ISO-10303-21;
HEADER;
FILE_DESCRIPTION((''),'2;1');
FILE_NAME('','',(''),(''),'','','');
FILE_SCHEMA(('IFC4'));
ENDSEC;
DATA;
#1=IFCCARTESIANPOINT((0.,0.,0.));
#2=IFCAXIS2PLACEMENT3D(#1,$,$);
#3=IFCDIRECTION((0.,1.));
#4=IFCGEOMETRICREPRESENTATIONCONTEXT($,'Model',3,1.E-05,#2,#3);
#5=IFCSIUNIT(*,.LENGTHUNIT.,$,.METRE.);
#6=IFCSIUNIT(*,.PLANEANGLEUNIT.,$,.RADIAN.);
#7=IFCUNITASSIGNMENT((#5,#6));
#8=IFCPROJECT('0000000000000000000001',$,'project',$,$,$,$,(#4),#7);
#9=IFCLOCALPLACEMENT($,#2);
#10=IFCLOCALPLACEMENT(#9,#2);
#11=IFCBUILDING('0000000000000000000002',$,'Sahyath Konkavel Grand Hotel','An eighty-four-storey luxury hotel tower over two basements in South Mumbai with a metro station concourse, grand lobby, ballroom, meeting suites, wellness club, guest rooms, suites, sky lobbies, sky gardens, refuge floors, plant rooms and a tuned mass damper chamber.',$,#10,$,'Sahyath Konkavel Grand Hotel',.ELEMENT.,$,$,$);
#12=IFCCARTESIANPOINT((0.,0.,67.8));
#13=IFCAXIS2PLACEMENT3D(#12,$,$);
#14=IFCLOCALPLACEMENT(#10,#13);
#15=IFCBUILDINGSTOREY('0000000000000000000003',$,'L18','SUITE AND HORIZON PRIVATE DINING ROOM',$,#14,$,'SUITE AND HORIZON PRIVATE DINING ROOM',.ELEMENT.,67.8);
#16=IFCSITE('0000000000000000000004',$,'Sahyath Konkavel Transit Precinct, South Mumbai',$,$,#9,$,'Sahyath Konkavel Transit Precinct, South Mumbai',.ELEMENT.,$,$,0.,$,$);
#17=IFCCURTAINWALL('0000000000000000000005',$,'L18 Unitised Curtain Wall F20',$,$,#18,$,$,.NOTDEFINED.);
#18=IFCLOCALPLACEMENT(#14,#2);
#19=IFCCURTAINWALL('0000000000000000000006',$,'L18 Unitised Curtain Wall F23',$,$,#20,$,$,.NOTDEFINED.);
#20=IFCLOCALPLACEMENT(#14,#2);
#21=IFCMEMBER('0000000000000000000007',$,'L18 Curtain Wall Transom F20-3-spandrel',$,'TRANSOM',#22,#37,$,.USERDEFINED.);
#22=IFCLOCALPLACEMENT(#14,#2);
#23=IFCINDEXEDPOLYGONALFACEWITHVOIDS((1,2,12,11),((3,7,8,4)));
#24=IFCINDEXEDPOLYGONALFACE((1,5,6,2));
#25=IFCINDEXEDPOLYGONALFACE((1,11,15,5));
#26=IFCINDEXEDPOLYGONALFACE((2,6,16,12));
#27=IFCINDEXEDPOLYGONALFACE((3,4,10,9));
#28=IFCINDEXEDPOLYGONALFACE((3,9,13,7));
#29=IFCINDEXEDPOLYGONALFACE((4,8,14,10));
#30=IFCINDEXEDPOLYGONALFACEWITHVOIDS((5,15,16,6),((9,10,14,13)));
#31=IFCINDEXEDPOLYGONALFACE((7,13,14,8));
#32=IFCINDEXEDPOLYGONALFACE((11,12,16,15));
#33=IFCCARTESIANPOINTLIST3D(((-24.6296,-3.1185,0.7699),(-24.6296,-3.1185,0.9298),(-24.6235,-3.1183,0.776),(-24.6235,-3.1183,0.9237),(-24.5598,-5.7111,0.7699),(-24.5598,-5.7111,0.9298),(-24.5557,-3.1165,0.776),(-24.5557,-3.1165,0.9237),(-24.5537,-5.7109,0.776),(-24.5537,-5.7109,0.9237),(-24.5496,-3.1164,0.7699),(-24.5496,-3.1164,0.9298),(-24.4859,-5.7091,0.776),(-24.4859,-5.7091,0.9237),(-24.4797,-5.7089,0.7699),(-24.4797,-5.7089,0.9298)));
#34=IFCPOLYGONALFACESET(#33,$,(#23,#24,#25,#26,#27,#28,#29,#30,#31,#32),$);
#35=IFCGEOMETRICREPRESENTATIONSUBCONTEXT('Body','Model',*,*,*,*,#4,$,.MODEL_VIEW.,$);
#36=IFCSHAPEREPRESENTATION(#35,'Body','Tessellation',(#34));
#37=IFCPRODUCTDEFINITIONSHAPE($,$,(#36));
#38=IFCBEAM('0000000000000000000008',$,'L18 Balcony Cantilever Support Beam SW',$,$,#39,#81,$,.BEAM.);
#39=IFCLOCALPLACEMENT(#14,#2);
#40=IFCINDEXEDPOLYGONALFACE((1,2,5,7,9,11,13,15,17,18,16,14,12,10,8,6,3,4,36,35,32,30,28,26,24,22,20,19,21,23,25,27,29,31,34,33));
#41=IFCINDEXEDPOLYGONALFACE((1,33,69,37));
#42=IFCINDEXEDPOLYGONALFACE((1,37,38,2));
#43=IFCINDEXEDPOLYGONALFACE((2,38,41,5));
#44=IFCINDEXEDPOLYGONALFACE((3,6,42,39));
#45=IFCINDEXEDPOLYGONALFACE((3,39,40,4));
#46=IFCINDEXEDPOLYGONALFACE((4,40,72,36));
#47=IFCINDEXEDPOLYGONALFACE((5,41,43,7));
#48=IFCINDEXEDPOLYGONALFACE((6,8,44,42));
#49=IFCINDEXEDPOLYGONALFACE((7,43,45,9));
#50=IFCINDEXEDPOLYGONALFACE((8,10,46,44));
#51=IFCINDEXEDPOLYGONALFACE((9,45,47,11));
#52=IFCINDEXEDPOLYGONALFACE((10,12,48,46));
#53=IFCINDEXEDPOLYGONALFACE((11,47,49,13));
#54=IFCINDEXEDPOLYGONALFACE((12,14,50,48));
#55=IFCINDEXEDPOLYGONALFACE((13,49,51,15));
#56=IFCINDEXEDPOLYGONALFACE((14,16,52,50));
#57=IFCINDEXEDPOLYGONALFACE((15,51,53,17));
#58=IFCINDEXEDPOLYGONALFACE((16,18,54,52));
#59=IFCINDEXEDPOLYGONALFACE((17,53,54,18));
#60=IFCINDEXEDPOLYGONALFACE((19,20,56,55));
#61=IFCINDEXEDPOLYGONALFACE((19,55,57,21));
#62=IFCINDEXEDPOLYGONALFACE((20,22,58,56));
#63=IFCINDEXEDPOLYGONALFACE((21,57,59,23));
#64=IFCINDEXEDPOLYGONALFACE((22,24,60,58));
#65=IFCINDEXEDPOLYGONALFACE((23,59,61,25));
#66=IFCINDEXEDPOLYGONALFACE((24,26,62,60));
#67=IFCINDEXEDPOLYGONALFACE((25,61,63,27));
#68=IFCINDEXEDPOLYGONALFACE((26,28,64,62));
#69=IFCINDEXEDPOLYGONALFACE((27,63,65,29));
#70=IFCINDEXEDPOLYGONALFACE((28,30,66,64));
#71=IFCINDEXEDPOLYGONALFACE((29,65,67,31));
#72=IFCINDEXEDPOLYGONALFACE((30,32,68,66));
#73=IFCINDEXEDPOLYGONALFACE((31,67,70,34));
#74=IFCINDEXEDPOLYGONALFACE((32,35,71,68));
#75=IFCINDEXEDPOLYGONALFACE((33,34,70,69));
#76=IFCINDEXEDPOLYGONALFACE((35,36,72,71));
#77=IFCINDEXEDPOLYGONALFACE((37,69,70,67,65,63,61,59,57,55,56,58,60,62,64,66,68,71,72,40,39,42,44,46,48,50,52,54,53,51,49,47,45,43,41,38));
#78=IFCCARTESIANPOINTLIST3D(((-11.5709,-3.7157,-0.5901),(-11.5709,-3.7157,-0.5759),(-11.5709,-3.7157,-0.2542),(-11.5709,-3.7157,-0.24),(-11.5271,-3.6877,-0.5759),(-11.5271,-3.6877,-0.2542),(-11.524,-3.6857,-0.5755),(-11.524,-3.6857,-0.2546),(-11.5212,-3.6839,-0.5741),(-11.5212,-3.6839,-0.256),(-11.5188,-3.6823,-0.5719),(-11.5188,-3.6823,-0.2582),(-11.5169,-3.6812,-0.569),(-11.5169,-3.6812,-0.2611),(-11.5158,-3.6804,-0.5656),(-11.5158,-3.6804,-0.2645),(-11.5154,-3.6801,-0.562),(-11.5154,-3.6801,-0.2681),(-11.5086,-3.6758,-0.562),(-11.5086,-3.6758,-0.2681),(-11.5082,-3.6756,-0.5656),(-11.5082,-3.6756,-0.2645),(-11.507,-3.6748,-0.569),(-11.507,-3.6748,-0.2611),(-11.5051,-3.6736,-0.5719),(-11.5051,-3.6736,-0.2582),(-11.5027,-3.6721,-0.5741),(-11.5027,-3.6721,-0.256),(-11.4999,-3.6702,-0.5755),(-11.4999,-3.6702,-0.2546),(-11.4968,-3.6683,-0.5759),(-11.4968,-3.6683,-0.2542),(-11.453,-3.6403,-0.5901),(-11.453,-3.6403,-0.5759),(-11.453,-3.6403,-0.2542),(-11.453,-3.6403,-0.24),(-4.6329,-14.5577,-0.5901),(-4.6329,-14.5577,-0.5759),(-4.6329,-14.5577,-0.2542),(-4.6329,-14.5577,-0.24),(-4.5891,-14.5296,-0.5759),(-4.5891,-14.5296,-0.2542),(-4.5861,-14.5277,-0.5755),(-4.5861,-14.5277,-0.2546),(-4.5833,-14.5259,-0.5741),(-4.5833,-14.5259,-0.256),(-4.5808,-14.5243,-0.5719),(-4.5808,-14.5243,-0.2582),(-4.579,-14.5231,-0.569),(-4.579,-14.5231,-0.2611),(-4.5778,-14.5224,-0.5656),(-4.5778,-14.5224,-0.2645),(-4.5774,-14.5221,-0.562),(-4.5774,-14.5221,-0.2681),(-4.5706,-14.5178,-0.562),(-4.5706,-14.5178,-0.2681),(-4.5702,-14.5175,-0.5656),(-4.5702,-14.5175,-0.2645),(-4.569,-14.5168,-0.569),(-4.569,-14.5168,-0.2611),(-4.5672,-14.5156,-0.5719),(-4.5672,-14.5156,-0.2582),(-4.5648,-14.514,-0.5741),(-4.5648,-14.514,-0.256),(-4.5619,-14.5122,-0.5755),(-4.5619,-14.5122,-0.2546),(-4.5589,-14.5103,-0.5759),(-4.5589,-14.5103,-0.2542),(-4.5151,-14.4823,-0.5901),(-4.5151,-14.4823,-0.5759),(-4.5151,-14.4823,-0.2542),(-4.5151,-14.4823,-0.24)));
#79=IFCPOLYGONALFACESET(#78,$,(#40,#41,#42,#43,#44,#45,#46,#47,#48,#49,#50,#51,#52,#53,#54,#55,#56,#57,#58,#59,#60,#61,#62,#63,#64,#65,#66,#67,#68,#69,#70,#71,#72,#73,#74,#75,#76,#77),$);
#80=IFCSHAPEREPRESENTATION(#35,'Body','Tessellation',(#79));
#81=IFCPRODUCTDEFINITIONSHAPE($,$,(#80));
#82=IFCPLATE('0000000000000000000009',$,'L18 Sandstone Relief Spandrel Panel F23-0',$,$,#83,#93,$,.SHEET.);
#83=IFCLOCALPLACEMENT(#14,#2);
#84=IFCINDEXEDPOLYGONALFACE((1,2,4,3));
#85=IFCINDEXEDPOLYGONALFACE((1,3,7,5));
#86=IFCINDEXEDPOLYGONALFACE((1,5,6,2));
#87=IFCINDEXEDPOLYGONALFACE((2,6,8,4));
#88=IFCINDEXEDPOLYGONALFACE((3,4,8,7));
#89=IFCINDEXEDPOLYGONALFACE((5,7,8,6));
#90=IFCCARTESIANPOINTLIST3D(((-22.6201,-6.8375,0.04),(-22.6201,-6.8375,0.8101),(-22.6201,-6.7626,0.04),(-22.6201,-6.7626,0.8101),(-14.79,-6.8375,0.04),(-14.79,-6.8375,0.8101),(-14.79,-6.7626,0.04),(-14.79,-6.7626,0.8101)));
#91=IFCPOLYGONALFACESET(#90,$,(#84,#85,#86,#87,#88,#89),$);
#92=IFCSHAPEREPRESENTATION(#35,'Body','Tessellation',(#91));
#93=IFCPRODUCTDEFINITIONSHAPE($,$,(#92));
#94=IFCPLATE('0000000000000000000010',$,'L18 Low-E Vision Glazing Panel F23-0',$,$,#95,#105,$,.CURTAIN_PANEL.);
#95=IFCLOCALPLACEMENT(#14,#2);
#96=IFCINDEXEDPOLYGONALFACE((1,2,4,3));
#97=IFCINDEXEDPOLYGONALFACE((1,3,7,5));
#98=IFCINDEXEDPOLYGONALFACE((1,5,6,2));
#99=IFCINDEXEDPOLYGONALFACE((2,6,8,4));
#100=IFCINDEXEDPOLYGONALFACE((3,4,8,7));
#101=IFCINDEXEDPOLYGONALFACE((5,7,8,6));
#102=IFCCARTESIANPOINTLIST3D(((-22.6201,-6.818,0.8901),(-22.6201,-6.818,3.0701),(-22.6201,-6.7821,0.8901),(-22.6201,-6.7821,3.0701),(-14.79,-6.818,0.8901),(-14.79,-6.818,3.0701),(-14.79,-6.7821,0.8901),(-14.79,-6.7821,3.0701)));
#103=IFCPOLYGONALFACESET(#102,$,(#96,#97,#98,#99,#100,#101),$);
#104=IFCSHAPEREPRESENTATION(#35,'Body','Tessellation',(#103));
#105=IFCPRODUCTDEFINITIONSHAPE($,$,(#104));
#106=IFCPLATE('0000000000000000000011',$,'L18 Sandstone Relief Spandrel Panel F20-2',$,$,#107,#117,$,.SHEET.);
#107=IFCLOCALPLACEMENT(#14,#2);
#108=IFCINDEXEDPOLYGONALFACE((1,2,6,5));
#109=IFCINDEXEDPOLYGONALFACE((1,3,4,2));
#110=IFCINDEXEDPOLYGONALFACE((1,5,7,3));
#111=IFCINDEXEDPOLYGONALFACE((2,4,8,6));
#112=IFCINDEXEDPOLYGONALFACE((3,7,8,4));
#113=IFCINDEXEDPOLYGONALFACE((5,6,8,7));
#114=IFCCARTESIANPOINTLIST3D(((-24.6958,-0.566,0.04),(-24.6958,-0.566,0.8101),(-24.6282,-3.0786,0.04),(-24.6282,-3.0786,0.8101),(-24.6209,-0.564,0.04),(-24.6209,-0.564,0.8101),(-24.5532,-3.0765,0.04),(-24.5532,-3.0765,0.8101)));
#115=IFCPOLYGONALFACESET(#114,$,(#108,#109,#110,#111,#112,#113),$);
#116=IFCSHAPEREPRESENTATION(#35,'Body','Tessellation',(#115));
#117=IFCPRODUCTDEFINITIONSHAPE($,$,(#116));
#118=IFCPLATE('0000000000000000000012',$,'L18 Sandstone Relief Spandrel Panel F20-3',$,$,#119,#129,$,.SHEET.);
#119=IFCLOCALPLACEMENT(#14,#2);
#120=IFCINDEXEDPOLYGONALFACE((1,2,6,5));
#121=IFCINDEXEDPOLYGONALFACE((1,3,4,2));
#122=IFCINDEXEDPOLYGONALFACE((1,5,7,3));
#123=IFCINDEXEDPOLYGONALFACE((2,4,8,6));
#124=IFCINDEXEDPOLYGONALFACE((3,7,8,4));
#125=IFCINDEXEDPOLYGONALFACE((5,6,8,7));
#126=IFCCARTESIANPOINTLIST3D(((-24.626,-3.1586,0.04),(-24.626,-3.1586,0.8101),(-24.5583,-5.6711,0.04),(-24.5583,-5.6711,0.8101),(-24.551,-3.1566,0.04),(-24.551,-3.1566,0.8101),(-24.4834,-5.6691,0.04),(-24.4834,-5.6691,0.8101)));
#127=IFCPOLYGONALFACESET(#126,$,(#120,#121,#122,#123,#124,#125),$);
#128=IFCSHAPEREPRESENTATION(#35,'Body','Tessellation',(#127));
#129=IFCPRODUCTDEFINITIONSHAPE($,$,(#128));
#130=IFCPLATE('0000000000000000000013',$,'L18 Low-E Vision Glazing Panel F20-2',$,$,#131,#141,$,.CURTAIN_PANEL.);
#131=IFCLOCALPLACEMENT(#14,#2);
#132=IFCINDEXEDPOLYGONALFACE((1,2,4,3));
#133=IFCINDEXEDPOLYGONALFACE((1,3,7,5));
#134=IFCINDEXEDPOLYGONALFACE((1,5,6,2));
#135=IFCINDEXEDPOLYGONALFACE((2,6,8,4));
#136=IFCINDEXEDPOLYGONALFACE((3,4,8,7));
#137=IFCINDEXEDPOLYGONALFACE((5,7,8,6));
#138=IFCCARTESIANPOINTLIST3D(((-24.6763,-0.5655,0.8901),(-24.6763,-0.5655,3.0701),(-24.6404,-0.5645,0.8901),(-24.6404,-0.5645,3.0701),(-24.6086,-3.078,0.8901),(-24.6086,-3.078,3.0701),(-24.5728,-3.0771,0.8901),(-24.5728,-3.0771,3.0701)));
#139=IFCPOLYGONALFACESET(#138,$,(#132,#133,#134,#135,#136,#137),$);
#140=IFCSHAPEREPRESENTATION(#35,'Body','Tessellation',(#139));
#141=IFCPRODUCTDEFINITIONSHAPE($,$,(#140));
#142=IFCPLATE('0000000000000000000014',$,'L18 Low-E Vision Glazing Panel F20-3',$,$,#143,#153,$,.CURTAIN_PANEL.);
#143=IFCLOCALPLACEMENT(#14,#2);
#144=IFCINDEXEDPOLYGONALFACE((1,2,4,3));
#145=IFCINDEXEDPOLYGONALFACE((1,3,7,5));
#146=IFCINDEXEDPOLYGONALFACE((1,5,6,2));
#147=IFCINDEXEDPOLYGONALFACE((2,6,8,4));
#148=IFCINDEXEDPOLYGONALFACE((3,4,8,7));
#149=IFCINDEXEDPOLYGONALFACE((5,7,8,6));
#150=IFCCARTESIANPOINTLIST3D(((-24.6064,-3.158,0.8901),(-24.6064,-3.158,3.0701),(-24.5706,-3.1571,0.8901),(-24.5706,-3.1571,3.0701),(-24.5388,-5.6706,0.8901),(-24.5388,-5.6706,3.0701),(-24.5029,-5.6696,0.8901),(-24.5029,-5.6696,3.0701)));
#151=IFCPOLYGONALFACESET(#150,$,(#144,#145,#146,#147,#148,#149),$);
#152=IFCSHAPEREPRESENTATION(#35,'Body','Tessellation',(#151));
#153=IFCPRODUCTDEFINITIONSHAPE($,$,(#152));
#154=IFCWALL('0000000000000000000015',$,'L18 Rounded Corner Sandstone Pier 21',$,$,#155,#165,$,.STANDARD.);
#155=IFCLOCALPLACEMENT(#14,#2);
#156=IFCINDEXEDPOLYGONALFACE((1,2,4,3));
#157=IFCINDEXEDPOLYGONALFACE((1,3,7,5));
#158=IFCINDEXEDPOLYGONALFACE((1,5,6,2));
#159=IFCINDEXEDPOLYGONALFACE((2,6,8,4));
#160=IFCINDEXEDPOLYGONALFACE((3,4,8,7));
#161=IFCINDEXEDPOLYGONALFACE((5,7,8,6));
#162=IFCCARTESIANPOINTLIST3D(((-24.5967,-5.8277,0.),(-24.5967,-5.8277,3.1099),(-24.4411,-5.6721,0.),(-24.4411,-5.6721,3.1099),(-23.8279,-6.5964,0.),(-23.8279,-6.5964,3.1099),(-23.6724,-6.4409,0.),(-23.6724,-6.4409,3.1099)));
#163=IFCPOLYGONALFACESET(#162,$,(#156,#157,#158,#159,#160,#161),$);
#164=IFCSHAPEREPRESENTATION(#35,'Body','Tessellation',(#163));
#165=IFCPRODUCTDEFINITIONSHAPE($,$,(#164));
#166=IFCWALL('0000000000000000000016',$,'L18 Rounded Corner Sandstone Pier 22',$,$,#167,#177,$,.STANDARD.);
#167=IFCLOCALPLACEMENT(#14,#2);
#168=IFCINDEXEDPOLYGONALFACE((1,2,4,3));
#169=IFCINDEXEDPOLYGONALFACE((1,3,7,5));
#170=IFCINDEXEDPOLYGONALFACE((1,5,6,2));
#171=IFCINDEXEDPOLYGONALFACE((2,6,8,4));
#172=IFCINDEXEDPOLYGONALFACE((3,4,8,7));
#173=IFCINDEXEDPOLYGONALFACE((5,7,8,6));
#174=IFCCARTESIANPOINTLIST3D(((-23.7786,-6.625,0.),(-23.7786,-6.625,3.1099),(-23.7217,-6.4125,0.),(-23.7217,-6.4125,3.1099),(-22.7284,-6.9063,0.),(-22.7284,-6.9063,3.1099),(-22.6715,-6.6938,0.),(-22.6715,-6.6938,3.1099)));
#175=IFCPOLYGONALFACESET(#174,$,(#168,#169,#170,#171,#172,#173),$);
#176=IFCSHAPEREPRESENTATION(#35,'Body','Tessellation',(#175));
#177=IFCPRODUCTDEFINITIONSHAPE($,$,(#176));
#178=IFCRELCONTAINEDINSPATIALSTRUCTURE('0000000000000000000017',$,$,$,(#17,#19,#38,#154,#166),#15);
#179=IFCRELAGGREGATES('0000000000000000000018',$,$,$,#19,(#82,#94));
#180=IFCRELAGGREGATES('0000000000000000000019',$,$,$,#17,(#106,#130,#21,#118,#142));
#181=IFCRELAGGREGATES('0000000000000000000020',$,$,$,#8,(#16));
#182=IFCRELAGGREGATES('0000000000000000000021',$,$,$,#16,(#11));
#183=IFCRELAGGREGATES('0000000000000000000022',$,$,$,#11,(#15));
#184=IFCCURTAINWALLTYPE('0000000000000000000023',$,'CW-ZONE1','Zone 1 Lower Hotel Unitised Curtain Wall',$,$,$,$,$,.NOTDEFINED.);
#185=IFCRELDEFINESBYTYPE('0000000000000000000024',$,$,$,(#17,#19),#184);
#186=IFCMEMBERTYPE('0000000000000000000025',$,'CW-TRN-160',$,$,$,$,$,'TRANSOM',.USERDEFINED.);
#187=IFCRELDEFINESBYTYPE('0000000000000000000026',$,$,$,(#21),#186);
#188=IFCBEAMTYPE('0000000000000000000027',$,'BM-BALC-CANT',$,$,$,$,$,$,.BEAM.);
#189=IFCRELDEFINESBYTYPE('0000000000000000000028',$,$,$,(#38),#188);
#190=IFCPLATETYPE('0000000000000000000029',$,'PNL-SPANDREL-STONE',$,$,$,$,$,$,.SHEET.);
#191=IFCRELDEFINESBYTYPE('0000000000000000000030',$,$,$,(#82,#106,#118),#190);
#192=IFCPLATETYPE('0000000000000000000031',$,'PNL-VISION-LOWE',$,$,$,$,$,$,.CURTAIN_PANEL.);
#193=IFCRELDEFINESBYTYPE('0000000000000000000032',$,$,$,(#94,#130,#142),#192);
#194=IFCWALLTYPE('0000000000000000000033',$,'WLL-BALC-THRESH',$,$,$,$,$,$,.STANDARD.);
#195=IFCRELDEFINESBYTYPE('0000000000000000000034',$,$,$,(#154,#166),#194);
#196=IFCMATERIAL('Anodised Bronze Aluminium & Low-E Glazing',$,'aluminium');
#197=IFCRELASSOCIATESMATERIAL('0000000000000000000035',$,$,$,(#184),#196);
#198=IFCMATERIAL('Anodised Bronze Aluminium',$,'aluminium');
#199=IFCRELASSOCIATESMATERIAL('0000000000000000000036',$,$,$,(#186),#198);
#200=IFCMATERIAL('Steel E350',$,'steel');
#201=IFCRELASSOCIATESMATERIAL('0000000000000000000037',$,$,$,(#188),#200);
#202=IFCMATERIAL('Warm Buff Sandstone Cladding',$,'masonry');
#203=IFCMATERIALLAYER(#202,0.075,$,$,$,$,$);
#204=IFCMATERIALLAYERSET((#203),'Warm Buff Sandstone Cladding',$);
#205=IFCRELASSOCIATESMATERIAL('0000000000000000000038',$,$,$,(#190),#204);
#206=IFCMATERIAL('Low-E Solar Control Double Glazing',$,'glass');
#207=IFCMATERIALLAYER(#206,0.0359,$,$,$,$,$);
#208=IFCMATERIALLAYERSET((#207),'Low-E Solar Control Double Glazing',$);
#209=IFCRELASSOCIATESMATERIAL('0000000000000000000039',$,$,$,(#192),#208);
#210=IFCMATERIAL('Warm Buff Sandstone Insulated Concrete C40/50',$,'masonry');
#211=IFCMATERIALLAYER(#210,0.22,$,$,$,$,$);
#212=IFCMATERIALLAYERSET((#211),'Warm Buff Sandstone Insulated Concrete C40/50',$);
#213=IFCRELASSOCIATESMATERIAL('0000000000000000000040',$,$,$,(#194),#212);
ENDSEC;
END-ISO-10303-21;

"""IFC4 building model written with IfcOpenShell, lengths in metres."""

from ifc_helpers import new_model, si_unit, direction, frame, frame_2d, origin, origin_2d, place, context, subcontext, project, spatial, rectangle, hollow_rectangle, i_section, extrude, source, transform, mapped, material, layer, layer_set, material_profile, profile_set, type_object, element, aggregate, save


model = new_model("IFC4")

# Units and contexts
model_context = context("Model", 3, precision=1e-05, world=origin(), true_north=direction((0.0, 1.0)))
body_context = subcontext(model_context, "Body", "Model", "MODEL_VIEW")
ifc_project = project(units=[si_unit("LENGTHUNIT", "METRE"), si_unit("PLANEANGLEUNIT", "RADIAN")], contexts=[model_context])

# Site, building, storey
site_placement = place(None, origin())
site = spatial("IfcSite", under=ifc_project, at=site_placement, Name="Sahyath Konkavel Transit Precinct, South Mumbai", LongName="Sahyath Konkavel Transit Precinct, South Mumbai", CompositionType="ELEMENT", RefElevation=0.0)
building_placement = place(site_placement, origin())
building = spatial("IfcBuilding", under=site, at=building_placement, Name="Sahyath Konkavel Grand Hotel", Description="An eighty-four-storey luxury hotel tower over two basements in South Mumbai with a metro station concourse, grand lobby, ballroom, meeting suites, wellness club, guest rooms, suites, sky lobbies, sky gardens, refuge floors, plant rooms and a tuned mass damper chamber.", LongName="Sahyath Konkavel Grand Hotel", CompositionType="ELEMENT")
storey_placement = place(building_placement, frame((0.0, 0.0, 67.8)))
storey = spatial("IfcBuildingStorey", under=building, at=storey_placement, Name="L18", Description="SUITE AND HORIZON PRIVATE DINING ROOM", LongName="SUITE AND HORIZON PRIVATE DINING ROOM", CompositionType="ELEMENT", Elevation=67.8)

# Shared definitions
ifc_material_1 = material(Name="Steel E350", Category="steel")

# Curtain walls
ifc_material_2 = material(Name="Anodised Bronze Aluminium & Low-E Glazing", Category="aluminium")
curtain_wall_type = type_object("IfcCurtainWallType", Name="CW-ZONE1", Description="Zone 1 Lower Hotel Unitised Curtain Wall", PredefinedType="NOTDEFINED", material=ifc_material_2)
curtain_wall_1_placement = place(storey_placement, origin())
curtain_wall_1 = element("IfcCurtainWall", 1, at=curtain_wall_1_placement, inside=storey, type_object=curtain_wall_type, Name="L18 Unitised Curtain Wall F20", PredefinedType="NOTDEFINED")
ifc_material_3 = material(Name="Anodised Bronze Aluminium", Category="aluminium")
curtain_wall_2_placement = place(storey_placement, origin())
curtain_wall_2 = element("IfcCurtainWall", 2, at=curtain_wall_2_placement, inside=storey, type_object=curtain_wall_type, Name="L18 Unitised Curtain Wall F23", PredefinedType="NOTDEFINED")
ifc_material_profile_1 = material_profile(ifc_material_3, hollow_rectangle(XDim=0.0801, YDim=0.1599, WallThickness=0.0061, at=origin_2d()), Name="RHS 160x80x6")
ifc_profile_set_1 = profile_set([ifc_material_profile_1], Name="Anodised Bronze Aluminium")
member_type_1 = type_object("IfcMemberType", Name="CW-TRN-160", ElementType="TRANSOM", PredefinedType="USERDEFINED", material=ifc_profile_set_1)

# Member
shared_shape_1 = source(origin(), body_context, "Body", "SweptSolid", [
    extrude(hollow_rectangle(XDim=0.0801, YDim=0.1599, WallThickness=0.0061, at=origin_2d()), origin(), (0.0, 0.0, 1.0), 2.5935),
])
member_1_placement = place(storey_placement, frame((-24.5896, -3.1174, 0.8499), z_axis=(0.026923, -0.999638, 0.0), x_axis=(0.999638, 0.026923, 0.0)))
member_1 = element("IfcMember", 3, at=member_1_placement, type_object=member_type_1, Name="L18 Curtain Wall Transom F20-3-spandrel", ObjectType="TRANSOM", PredefinedType="USERDEFINED", context=body_context, shape_type="MappedRepresentation", body=[
    mapped(shared_shape_1, transform((0.0, 0.0, 0.0), scale=1.0)),
])

# Beam
ifc_material_profile_2 = material_profile(ifc_material_1, i_section(OverallWidth=0.1399, OverallDepth=0.3501, WebThickness=0.0081, FlangeThickness=0.0142, FilletRadius=0.0139, at=origin_2d()), Name="ISMB 350")
ifc_profile_set_2 = profile_set([ifc_material_profile_2], Name="Steel E350")
beam_type_1 = type_object("IfcBeamType", Name="BM-BALC-CANT", PredefinedType="BEAM", material=ifc_profile_set_2)
shared_shape_2 = source(origin(), body_context, "Body", "SweptSolid", [
    extrude(i_section(OverallWidth=0.1399, OverallDepth=0.3501, WebThickness=0.0081, FlangeThickness=0.0142, FilletRadius=0.0139, at=origin_2d()), origin(), (0.0, 0.0, 1.0), 12.8718),
])
beam_1_placement = place(storey_placement, frame((-11.512, -3.678, -0.415), z_axis=(0.539003, -0.842304, 0.0), x_axis=(0.842304, 0.539003, 0.0)))
element("IfcBeam", 4, at=beam_1_placement, inside=storey, type_object=beam_type_1, Name="L18 Balcony Cantilever Support Beam SW", PredefinedType="BEAM", context=body_context, shape_type="MappedRepresentation", body=[
    mapped(shared_shape_2, transform((0.0, 0.0, 0.0), scale=1.0)),
])

# Plates
ifc_material_4 = material(Name="Warm Buff Sandstone Cladding", Category="masonry")
ifc_layer_1 = layer(ifc_material_4, 0.075)
ifc_layer_set_1 = layer_set([ifc_layer_1], Name="Warm Buff Sandstone Cladding")
plate_type_1 = type_object("IfcPlateType", Name="PNL-SPANDREL-STONE", PredefinedType="SHEET", material=ifc_layer_set_1)
shared_shape_3 = source(origin(), body_context, "Body", "SweptSolid", [
    extrude(rectangle(XDim=7.8301, YDim=0.075, at=origin_2d()), origin(), (0.0, 0.0, 1.0), 0.77),
])
plate_1_placement = place(storey_placement, frame((-18.7051, -6.8, 0.04), z_axis=(0.0, 0.0, 1.0), x_axis=(1.0, 0.0, 0.0)))
plate_1 = element("IfcPlate", 5, at=plate_1_placement, type_object=plate_type_1, Name="L18 Sandstone Relief Spandrel Panel F23-0", PredefinedType="SHEET", context=body_context, shape_type="MappedRepresentation", body=[
    mapped(shared_shape_3, transform((0.0, 0.0, 0.0), scale=1.0)),
])
ifc_material_5 = material(Name="Low-E Solar Control Double Glazing", Category="glass")
ifc_layer_2 = layer(ifc_material_5, 0.0359)
ifc_layer_set_2 = layer_set([ifc_layer_2], Name="Low-E Solar Control Double Glazing")
plate_type_2 = type_object("IfcPlateType", Name="PNL-VISION-LOWE", PredefinedType="CURTAIN_PANEL", material=ifc_layer_set_2)
shared_shape_4 = source(origin(), body_context, "Body", "SweptSolid", [
    extrude(rectangle(XDim=7.8301, YDim=0.0359, at=origin_2d()), origin(), (0.0, 0.0, 1.0), 2.1799),
])
plate_2_placement = place(storey_placement, frame((-18.7051, -6.8, 0.8901), z_axis=(0.0, 0.0, 1.0), x_axis=(1.0, 0.0, 0.0)))
plate_2 = element("IfcPlate", 6, at=plate_2_placement, type_object=plate_type_2, Name="L18 Low-E Vision Glazing Panel F23-0", PredefinedType="CURTAIN_PANEL", context=body_context, shape_type="MappedRepresentation", body=[
    mapped(shared_shape_4, transform((0.0, 0.0, 0.0), scale=1.0)),
])
aggregate(curtain_wall_2, [plate_1, plate_2])
shared_shape_5 = source(origin(), body_context, "Body", "SweptSolid", [
    extrude(rectangle(XDim=2.5134, YDim=0.075, at=origin_2d()), origin(), (0.0, 0.0, 1.0), 0.77),
])
plate_3_placement = place(storey_placement, frame((-24.6245, -1.8213, 0.04), z_axis=(0.0, 0.0, 1.0), x_axis=(0.02691, -0.999638, 0.0)))
plate_3 = element("IfcPlate", 7, at=plate_3_placement, type_object=plate_type_1, Name="L18 Sandstone Relief Spandrel Panel F20-2", PredefinedType="SHEET", context=body_context, shape_type="MappedRepresentation", body=[
    mapped(shared_shape_5, transform((0.0, 0.0, 0.0), scale=1.0)),
])
plate_4_placement = place(storey_placement, frame((-24.5547, -4.4138, 0.04), z_axis=(0.0, 0.0, 1.0), x_axis=(0.02691, -0.999638, 0.0)))
plate_4 = element("IfcPlate", 8, at=plate_4_placement, type_object=plate_type_1, Name="L18 Sandstone Relief Spandrel Panel F20-3", PredefinedType="SHEET", context=body_context, shape_type="MappedRepresentation", body=[
    mapped(shared_shape_5, transform((0.0, 0.0, 0.0), scale=1.0)),
])
shared_shape_6 = source(origin(), body_context, "Body", "SweptSolid", [
    extrude(rectangle(XDim=2.5134, YDim=0.0359, at=origin_2d()), origin(), (0.0, 0.0, 1.0), 2.1799),
])
plate_5_placement = place(storey_placement, frame((-24.6245, -1.8213, 0.8901), z_axis=(0.0, 0.0, 1.0), x_axis=(0.02691, -0.999638, 0.0)))
plate_5 = element("IfcPlate", 9, at=plate_5_placement, type_object=plate_type_2, Name="L18 Low-E Vision Glazing Panel F20-2", PredefinedType="CURTAIN_PANEL", context=body_context, shape_type="MappedRepresentation", body=[
    mapped(shared_shape_6, transform((0.0, 0.0, 0.0), scale=1.0)),
])
plate_6_placement = place(storey_placement, frame((-24.5547, -4.4138, 0.8901), z_axis=(0.0, 0.0, 1.0), x_axis=(0.02691, -0.999638, 0.0)))
plate_6 = element("IfcPlate", 10, at=plate_6_placement, type_object=plate_type_2, Name="L18 Low-E Vision Glazing Panel F20-3", PredefinedType="CURTAIN_PANEL", context=body_context, shape_type="MappedRepresentation", body=[
    mapped(shared_shape_6, transform((0.0, 0.0, 0.0), scale=1.0)),
])
aggregate(curtain_wall_1, [plate_3, plate_5, member_1, plate_4, plate_6])

# Walls
ifc_material_6 = material(Name="Warm Buff Sandstone Insulated Concrete C40/50", Category="masonry")
ifc_layer_3 = layer(ifc_material_6, 0.22)
ifc_layer_set_3 = layer_set([ifc_layer_3], Name="Warm Buff Sandstone Insulated Concrete C40/50")
wall_type_1 = type_object("IfcWallType", Name="WLL-BALC-THRESH", PredefinedType="STANDARD", material=ifc_layer_set_3)
for number, where, z_axis, x_axis, name in (
    (11, (-24.5188, -5.75, 0.0), (0.0, 0.0, 1.0), (0.707107, -0.707107, 0.0), "L18 Rounded Corner Sandstone Pier 21"),
    (12, (-23.75, -6.5188, 0.0), (0.0, 0.0, 1.0), (0.965951, -0.258725, 0.0), "L18 Rounded Corner Sandstone Pier 22"),
):
    element("IfcWall", number, at=place(storey_placement, frame(where, z_axis=z_axis, x_axis=x_axis)), inside=storey, type_object=wall_type_1, Name=name, PredefinedType="STANDARD", context=body_context, shape_type="SweptSolid", body=[
        extrude(rectangle(XDim=1.0872, YDim=0.22, at=frame_2d((0.5435, 0.0))), origin(), (0.0, 0.0, 1.0), 3.1099),
    ])

save(model, "model.ifc")
